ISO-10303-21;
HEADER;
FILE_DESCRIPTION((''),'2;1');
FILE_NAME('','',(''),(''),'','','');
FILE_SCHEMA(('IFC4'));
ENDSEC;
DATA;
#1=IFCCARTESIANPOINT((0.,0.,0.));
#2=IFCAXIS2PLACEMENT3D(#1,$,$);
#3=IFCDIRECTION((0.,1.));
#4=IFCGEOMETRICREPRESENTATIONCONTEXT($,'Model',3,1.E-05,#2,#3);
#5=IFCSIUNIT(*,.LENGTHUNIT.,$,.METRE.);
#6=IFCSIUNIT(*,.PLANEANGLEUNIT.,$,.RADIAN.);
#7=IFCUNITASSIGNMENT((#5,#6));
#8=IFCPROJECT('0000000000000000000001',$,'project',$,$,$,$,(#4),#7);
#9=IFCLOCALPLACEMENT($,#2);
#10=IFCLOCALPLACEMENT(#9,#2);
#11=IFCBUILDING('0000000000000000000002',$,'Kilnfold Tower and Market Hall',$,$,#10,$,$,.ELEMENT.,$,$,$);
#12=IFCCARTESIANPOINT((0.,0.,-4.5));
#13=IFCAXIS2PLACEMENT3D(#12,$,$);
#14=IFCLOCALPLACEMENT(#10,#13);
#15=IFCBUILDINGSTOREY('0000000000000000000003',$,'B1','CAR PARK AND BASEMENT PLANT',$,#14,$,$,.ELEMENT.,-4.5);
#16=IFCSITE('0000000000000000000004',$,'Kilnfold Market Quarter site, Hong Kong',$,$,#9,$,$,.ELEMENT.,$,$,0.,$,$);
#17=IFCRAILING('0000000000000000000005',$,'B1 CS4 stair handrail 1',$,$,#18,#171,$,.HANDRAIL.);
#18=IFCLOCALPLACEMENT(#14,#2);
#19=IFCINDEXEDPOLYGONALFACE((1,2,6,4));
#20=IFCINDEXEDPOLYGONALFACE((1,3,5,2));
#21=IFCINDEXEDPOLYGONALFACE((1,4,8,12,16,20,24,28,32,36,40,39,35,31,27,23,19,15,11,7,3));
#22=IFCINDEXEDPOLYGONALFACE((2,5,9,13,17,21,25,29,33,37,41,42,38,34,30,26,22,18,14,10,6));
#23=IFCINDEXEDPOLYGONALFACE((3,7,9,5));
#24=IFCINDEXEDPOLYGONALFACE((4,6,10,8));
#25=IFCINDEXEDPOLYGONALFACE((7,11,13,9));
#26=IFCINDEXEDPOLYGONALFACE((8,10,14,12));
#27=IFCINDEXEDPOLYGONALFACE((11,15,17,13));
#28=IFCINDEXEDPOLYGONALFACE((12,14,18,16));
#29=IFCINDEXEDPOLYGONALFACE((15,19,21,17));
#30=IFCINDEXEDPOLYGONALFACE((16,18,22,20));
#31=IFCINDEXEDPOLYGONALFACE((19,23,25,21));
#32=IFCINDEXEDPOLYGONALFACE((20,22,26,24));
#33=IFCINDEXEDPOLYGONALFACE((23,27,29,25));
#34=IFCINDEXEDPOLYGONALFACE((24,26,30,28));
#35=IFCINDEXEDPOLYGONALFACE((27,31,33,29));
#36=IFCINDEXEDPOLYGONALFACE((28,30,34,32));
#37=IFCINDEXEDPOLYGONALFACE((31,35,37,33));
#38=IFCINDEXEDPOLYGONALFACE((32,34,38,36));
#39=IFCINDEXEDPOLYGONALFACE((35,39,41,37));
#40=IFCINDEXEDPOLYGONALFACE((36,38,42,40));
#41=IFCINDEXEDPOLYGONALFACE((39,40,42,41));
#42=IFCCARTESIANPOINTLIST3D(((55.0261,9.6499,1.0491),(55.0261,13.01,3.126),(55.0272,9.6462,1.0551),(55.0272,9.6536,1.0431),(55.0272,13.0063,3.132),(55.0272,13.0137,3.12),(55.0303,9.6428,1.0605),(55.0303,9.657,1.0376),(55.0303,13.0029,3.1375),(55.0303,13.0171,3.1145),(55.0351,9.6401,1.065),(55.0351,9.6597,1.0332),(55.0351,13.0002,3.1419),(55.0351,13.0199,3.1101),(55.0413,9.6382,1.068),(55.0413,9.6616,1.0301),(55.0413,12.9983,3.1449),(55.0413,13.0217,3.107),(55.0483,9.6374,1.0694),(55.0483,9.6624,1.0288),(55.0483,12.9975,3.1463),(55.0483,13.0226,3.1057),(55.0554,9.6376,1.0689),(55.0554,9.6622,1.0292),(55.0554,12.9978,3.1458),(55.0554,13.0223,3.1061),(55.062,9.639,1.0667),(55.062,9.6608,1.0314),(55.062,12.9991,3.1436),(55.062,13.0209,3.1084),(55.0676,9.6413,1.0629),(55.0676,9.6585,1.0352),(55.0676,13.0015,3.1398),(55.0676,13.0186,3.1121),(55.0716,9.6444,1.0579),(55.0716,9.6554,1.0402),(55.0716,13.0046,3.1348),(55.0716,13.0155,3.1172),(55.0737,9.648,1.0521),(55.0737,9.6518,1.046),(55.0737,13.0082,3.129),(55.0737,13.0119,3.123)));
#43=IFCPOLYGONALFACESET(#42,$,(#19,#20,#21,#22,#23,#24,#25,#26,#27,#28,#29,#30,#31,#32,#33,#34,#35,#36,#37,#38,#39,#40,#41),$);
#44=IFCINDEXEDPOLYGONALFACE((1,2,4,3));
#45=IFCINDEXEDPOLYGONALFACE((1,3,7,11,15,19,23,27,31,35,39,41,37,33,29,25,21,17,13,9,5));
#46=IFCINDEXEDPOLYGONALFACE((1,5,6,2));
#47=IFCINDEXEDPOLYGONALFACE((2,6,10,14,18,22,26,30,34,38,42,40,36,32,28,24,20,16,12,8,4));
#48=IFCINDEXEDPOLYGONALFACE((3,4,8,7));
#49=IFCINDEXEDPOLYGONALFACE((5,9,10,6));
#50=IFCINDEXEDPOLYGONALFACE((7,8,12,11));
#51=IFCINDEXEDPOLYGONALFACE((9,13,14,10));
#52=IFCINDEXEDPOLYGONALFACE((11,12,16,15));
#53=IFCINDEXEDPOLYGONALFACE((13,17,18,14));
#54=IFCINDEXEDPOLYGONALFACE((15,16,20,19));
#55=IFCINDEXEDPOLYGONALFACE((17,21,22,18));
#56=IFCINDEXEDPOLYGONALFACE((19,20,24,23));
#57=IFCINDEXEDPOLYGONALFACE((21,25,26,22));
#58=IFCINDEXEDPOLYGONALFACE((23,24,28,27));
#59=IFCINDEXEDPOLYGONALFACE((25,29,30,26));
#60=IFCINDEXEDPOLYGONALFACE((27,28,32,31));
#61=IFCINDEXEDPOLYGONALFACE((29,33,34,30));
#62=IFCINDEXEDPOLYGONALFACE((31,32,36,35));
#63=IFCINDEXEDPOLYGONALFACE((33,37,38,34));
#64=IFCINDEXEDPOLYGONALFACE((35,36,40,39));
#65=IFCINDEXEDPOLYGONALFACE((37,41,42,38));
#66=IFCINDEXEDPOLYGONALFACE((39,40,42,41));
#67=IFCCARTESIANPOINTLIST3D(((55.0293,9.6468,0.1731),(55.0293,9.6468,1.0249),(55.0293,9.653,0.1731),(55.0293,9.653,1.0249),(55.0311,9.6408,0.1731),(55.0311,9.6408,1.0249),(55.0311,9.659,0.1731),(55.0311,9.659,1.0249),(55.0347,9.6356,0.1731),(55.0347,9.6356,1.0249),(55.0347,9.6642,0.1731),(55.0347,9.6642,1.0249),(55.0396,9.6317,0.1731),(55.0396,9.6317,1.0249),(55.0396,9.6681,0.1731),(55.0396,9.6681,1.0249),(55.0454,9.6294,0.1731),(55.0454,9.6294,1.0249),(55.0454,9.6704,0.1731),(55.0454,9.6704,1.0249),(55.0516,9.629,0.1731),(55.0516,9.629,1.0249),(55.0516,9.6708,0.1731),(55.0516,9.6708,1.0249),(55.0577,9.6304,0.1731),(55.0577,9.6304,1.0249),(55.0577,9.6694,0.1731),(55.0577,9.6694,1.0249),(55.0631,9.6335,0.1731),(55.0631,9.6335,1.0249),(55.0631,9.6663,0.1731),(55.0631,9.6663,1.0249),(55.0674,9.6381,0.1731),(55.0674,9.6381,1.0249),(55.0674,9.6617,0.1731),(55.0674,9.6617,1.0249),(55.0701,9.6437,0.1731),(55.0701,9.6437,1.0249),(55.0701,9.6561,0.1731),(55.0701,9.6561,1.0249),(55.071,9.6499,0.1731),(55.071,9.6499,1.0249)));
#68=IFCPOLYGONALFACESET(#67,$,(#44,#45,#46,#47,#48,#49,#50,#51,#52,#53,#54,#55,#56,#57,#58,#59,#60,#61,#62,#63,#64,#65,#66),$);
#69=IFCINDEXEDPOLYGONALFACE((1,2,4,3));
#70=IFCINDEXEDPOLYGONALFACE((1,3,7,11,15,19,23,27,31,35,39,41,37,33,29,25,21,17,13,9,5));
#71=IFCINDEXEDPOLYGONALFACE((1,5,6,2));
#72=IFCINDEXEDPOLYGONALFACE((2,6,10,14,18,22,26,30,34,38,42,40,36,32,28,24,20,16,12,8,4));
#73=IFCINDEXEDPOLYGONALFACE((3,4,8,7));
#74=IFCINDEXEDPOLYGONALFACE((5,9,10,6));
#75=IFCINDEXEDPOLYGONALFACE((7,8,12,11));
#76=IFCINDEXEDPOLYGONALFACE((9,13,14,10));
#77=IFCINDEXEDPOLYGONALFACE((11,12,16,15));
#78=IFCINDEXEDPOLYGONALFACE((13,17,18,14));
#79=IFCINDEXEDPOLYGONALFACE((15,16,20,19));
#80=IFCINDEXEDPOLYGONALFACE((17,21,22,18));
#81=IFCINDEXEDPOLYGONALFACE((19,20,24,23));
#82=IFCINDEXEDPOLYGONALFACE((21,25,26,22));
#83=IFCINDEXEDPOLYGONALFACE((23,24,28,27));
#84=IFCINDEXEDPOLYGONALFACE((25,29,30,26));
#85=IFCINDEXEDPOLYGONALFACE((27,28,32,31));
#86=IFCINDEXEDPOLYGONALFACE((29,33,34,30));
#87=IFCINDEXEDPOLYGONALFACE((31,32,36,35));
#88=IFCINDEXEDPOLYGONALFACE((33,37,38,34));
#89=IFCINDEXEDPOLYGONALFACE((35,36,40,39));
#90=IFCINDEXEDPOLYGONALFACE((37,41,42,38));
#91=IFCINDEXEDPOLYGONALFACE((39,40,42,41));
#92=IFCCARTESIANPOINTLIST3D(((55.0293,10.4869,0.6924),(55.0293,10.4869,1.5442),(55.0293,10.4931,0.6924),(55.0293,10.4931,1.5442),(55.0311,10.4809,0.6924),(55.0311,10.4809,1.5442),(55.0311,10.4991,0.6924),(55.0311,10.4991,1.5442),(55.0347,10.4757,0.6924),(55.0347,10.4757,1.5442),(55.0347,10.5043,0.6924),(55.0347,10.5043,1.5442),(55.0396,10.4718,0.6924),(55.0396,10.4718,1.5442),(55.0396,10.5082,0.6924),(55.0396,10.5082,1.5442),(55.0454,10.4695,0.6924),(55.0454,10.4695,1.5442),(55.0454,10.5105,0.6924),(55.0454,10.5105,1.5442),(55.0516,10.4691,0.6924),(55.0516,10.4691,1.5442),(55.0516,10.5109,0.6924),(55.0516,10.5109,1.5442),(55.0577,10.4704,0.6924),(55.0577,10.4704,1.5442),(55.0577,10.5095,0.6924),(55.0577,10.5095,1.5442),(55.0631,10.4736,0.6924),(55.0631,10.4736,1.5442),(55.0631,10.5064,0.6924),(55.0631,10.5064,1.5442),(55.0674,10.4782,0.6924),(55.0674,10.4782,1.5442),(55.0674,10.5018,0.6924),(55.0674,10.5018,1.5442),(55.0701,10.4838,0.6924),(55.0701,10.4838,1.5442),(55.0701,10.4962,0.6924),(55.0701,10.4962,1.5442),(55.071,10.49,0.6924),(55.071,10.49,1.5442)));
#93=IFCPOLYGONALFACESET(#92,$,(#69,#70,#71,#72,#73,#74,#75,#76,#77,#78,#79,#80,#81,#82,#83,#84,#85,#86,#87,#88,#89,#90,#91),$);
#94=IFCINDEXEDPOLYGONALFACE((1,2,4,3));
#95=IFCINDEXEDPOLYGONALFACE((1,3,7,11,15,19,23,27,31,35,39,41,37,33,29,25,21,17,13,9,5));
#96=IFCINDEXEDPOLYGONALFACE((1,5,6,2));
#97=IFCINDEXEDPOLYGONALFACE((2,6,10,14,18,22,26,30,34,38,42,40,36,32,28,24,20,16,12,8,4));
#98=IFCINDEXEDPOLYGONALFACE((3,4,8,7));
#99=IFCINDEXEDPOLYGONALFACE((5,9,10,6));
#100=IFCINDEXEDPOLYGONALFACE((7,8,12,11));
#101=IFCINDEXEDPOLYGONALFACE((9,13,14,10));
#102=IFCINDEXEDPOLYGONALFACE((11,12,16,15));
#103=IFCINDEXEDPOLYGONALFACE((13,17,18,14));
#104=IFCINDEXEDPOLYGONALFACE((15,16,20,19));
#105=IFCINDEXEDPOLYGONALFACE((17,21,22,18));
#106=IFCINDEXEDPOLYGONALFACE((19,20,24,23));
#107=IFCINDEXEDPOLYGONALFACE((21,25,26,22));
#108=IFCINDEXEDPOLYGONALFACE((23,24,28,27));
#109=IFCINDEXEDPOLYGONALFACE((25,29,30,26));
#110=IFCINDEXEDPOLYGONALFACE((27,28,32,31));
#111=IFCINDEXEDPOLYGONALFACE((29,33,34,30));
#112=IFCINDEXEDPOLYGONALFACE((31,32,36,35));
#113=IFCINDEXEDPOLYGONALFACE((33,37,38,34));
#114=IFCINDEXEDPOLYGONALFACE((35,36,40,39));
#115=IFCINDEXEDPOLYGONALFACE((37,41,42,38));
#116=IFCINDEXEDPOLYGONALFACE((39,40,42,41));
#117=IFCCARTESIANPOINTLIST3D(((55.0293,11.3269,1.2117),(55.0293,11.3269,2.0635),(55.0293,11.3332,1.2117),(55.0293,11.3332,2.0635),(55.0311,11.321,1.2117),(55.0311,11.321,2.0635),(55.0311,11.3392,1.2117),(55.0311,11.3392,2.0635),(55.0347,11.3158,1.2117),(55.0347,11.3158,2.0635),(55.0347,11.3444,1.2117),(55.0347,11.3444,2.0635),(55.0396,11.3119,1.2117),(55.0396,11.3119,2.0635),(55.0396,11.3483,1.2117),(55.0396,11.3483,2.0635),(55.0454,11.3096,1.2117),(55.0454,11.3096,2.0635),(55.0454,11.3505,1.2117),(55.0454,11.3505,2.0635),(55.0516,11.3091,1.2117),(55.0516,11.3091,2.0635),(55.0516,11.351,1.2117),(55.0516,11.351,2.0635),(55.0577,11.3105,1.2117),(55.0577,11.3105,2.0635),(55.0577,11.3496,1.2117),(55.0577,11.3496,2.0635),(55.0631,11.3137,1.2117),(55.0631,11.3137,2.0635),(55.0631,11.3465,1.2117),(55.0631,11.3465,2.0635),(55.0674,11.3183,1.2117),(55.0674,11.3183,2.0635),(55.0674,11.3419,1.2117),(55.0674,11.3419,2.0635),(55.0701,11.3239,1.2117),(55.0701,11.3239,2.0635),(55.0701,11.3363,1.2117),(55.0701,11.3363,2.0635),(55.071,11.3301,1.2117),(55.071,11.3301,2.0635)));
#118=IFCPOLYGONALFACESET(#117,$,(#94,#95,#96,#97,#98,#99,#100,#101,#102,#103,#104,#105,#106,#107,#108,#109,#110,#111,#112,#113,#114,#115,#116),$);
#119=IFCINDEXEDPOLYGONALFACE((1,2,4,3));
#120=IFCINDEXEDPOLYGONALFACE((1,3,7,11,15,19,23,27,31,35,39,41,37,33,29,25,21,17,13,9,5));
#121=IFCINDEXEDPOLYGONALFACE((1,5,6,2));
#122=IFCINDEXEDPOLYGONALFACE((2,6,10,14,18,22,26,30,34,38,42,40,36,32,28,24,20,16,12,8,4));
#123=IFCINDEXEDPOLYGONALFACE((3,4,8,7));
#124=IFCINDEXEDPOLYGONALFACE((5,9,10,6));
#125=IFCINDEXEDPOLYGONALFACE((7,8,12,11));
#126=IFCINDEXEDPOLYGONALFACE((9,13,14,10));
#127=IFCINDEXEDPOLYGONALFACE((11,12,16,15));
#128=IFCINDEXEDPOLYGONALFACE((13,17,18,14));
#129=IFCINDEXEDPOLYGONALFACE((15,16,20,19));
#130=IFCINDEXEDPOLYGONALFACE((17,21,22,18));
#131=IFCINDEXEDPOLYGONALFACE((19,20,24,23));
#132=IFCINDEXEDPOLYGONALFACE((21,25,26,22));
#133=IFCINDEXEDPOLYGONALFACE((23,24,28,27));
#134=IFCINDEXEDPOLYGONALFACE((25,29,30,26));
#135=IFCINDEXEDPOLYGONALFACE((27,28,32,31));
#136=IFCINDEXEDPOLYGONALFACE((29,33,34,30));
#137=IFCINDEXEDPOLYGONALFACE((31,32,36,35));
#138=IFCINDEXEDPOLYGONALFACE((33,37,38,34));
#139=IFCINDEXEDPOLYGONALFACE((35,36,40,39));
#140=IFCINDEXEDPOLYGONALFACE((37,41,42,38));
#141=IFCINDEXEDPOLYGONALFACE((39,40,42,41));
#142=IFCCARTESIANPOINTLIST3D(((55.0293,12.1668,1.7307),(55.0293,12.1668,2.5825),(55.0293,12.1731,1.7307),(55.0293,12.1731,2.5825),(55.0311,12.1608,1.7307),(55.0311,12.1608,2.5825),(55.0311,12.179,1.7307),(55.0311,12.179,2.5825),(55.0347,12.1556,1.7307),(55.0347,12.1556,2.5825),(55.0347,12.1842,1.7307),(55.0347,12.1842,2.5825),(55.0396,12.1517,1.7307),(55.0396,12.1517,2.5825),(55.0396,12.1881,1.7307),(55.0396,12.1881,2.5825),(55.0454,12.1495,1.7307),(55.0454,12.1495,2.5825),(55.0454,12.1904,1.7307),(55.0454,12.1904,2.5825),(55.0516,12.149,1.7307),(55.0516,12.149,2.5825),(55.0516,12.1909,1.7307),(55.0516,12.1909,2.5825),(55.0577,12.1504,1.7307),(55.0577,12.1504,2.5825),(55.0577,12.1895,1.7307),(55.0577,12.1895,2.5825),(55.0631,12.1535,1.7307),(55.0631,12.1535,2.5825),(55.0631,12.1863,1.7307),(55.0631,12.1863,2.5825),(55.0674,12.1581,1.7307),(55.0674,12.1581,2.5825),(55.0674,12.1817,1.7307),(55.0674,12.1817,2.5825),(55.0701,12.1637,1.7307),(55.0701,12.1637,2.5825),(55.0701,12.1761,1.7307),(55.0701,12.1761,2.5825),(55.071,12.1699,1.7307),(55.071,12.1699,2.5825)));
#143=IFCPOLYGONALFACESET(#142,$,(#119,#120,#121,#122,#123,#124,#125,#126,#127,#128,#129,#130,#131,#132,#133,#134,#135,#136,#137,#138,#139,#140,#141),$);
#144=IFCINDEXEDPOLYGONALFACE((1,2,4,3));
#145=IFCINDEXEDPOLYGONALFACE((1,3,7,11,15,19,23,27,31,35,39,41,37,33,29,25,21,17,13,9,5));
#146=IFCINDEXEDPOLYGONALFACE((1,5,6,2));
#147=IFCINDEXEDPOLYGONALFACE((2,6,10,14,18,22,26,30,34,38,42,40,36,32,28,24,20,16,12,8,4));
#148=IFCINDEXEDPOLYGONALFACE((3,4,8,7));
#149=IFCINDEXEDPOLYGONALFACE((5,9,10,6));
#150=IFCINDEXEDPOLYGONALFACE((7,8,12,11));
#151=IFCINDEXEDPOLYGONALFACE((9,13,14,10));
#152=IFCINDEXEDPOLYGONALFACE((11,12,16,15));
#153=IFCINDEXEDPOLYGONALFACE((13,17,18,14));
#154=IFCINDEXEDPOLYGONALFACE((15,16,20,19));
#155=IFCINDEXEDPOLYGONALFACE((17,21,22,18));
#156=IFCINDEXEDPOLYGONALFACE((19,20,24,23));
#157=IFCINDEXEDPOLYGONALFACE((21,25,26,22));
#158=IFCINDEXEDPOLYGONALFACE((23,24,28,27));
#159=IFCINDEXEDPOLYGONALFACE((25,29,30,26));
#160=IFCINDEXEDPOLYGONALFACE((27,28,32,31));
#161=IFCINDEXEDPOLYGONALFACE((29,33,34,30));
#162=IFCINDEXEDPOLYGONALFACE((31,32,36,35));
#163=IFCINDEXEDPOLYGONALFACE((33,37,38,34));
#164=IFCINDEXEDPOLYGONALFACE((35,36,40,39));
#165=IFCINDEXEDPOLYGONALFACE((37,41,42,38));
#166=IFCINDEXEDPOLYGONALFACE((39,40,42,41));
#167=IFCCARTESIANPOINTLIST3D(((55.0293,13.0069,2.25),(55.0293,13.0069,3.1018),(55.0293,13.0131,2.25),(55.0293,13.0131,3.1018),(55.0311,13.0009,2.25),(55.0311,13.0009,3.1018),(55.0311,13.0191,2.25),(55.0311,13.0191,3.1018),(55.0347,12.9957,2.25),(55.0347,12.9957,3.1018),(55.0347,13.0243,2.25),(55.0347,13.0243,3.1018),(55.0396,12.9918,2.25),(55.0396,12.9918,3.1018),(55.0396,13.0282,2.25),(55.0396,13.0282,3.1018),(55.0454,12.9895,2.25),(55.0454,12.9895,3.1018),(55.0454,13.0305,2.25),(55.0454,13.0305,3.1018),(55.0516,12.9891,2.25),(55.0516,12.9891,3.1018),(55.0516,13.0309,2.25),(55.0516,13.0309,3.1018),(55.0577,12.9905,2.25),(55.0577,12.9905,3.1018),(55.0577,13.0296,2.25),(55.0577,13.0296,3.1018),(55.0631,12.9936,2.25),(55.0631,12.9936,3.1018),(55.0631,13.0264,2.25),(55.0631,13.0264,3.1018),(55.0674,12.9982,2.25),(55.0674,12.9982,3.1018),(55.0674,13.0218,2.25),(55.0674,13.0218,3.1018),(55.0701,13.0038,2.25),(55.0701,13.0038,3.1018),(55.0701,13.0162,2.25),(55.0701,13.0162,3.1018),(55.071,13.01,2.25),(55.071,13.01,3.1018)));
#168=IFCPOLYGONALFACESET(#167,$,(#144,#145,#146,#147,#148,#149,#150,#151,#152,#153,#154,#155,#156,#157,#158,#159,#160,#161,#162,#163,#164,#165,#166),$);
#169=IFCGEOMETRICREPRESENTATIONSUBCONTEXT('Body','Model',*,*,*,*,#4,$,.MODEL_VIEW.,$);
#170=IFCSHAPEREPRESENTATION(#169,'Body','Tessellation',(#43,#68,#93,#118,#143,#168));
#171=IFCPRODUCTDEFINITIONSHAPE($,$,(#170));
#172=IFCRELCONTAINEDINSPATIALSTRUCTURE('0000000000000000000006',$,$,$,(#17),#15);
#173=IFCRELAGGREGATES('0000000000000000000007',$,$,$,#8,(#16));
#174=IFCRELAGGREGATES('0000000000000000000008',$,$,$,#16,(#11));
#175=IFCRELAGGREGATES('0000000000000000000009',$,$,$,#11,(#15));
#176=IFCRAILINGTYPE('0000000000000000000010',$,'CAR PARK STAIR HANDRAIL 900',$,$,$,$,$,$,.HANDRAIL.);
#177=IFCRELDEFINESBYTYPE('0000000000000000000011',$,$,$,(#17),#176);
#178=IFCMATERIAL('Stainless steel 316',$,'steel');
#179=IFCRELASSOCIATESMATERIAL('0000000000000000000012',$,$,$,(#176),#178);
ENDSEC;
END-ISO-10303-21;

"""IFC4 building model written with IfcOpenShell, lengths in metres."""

from ifc_helpers import new_model, si_unit, direction, frame, origin, origin_2d, place, context, subcontext, project, spatial, circle, extrude, material, type_object, element, save


model = new_model("IFC4")

# Units and contexts
model_context = context("Model", 3, precision=1e-05, world=origin(), true_north=direction((0.0, 1.0)))
body_context = subcontext(model_context, "Body", "Model", "MODEL_VIEW")
ifc_project = project(units=[si_unit("LENGTHUNIT", "METRE"), si_unit("PLANEANGLEUNIT", "RADIAN")], contexts=[model_context])

# Site, building, storey
site_placement = place(None, origin())
site = spatial("IfcSite", under=ifc_project, at=site_placement, Name="Kilnfold Market Quarter site, Hong Kong", CompositionType="ELEMENT", RefElevation=0.0)
building_placement = place(site_placement, origin())
building = spatial("IfcBuilding", under=site, at=building_placement, Name="Kilnfold Tower and Market Hall", CompositionType="ELEMENT")
storey_placement = place(building_placement, frame((0.0, 0.0, -4.5)))
storey = spatial("IfcBuildingStorey", under=building, at=storey_placement, Name="B1", Description="CAR PARK AND BASEMENT PLANT", CompositionType="ELEMENT", Elevation=-4.5)

# Railing
ifc_material_1 = material(Name="Stainless steel 316", Category="steel")
railing_type_1 = type_object("IfcRailingType", Name="CAR PARK STAIR HANDRAIL 900", PredefinedType="HANDRAIL", material=ifc_material_1)
railing_1_placement = place(storey_placement, frame((55.05, 9.6499, 0.1731)))
element("IfcRailing", 1, at=railing_1_placement, inside=storey, type_object=railing_type_1, Name="B1 CS4 stair handrail 1", PredefinedType="HANDRAIL", context=body_context, shape_type="SweptSolid", body=[
    extrude(circle(Radius=0.0239, at=origin_2d()), frame((0.0, 0.0, 0.876), z_axis=(0.0, 0.850623, 0.525776), x_axis=(-1.0, 0.0, 0.0)), (0.0, 0.0, 1.0), 3.9502),
    extrude(circle(Radius=0.021, at=origin_2d()), origin(), (0.0, 0.0, 1.0), 0.8518),
    extrude(circle(Radius=0.021, at=origin_2d()), frame((0.0, 0.8401, 0.5193)), (0.0, 0.0, 1.0), 0.8518),
    extrude(circle(Radius=0.021, at=origin_2d()), frame((0.0, 1.6802, 1.0386)), (0.0, 0.0, 1.0), 0.8518),
    extrude(circle(Radius=0.021, at=origin_2d()), frame((0.0, 2.52, 1.5576)), (0.0, 0.0, 1.0), 0.8518),
    extrude(circle(Radius=0.021, at=origin_2d()), frame((0.0, 3.3601, 2.0769)), (0.0, 0.0, 1.0), 0.8518),
])

save(model, "model.ifc")
